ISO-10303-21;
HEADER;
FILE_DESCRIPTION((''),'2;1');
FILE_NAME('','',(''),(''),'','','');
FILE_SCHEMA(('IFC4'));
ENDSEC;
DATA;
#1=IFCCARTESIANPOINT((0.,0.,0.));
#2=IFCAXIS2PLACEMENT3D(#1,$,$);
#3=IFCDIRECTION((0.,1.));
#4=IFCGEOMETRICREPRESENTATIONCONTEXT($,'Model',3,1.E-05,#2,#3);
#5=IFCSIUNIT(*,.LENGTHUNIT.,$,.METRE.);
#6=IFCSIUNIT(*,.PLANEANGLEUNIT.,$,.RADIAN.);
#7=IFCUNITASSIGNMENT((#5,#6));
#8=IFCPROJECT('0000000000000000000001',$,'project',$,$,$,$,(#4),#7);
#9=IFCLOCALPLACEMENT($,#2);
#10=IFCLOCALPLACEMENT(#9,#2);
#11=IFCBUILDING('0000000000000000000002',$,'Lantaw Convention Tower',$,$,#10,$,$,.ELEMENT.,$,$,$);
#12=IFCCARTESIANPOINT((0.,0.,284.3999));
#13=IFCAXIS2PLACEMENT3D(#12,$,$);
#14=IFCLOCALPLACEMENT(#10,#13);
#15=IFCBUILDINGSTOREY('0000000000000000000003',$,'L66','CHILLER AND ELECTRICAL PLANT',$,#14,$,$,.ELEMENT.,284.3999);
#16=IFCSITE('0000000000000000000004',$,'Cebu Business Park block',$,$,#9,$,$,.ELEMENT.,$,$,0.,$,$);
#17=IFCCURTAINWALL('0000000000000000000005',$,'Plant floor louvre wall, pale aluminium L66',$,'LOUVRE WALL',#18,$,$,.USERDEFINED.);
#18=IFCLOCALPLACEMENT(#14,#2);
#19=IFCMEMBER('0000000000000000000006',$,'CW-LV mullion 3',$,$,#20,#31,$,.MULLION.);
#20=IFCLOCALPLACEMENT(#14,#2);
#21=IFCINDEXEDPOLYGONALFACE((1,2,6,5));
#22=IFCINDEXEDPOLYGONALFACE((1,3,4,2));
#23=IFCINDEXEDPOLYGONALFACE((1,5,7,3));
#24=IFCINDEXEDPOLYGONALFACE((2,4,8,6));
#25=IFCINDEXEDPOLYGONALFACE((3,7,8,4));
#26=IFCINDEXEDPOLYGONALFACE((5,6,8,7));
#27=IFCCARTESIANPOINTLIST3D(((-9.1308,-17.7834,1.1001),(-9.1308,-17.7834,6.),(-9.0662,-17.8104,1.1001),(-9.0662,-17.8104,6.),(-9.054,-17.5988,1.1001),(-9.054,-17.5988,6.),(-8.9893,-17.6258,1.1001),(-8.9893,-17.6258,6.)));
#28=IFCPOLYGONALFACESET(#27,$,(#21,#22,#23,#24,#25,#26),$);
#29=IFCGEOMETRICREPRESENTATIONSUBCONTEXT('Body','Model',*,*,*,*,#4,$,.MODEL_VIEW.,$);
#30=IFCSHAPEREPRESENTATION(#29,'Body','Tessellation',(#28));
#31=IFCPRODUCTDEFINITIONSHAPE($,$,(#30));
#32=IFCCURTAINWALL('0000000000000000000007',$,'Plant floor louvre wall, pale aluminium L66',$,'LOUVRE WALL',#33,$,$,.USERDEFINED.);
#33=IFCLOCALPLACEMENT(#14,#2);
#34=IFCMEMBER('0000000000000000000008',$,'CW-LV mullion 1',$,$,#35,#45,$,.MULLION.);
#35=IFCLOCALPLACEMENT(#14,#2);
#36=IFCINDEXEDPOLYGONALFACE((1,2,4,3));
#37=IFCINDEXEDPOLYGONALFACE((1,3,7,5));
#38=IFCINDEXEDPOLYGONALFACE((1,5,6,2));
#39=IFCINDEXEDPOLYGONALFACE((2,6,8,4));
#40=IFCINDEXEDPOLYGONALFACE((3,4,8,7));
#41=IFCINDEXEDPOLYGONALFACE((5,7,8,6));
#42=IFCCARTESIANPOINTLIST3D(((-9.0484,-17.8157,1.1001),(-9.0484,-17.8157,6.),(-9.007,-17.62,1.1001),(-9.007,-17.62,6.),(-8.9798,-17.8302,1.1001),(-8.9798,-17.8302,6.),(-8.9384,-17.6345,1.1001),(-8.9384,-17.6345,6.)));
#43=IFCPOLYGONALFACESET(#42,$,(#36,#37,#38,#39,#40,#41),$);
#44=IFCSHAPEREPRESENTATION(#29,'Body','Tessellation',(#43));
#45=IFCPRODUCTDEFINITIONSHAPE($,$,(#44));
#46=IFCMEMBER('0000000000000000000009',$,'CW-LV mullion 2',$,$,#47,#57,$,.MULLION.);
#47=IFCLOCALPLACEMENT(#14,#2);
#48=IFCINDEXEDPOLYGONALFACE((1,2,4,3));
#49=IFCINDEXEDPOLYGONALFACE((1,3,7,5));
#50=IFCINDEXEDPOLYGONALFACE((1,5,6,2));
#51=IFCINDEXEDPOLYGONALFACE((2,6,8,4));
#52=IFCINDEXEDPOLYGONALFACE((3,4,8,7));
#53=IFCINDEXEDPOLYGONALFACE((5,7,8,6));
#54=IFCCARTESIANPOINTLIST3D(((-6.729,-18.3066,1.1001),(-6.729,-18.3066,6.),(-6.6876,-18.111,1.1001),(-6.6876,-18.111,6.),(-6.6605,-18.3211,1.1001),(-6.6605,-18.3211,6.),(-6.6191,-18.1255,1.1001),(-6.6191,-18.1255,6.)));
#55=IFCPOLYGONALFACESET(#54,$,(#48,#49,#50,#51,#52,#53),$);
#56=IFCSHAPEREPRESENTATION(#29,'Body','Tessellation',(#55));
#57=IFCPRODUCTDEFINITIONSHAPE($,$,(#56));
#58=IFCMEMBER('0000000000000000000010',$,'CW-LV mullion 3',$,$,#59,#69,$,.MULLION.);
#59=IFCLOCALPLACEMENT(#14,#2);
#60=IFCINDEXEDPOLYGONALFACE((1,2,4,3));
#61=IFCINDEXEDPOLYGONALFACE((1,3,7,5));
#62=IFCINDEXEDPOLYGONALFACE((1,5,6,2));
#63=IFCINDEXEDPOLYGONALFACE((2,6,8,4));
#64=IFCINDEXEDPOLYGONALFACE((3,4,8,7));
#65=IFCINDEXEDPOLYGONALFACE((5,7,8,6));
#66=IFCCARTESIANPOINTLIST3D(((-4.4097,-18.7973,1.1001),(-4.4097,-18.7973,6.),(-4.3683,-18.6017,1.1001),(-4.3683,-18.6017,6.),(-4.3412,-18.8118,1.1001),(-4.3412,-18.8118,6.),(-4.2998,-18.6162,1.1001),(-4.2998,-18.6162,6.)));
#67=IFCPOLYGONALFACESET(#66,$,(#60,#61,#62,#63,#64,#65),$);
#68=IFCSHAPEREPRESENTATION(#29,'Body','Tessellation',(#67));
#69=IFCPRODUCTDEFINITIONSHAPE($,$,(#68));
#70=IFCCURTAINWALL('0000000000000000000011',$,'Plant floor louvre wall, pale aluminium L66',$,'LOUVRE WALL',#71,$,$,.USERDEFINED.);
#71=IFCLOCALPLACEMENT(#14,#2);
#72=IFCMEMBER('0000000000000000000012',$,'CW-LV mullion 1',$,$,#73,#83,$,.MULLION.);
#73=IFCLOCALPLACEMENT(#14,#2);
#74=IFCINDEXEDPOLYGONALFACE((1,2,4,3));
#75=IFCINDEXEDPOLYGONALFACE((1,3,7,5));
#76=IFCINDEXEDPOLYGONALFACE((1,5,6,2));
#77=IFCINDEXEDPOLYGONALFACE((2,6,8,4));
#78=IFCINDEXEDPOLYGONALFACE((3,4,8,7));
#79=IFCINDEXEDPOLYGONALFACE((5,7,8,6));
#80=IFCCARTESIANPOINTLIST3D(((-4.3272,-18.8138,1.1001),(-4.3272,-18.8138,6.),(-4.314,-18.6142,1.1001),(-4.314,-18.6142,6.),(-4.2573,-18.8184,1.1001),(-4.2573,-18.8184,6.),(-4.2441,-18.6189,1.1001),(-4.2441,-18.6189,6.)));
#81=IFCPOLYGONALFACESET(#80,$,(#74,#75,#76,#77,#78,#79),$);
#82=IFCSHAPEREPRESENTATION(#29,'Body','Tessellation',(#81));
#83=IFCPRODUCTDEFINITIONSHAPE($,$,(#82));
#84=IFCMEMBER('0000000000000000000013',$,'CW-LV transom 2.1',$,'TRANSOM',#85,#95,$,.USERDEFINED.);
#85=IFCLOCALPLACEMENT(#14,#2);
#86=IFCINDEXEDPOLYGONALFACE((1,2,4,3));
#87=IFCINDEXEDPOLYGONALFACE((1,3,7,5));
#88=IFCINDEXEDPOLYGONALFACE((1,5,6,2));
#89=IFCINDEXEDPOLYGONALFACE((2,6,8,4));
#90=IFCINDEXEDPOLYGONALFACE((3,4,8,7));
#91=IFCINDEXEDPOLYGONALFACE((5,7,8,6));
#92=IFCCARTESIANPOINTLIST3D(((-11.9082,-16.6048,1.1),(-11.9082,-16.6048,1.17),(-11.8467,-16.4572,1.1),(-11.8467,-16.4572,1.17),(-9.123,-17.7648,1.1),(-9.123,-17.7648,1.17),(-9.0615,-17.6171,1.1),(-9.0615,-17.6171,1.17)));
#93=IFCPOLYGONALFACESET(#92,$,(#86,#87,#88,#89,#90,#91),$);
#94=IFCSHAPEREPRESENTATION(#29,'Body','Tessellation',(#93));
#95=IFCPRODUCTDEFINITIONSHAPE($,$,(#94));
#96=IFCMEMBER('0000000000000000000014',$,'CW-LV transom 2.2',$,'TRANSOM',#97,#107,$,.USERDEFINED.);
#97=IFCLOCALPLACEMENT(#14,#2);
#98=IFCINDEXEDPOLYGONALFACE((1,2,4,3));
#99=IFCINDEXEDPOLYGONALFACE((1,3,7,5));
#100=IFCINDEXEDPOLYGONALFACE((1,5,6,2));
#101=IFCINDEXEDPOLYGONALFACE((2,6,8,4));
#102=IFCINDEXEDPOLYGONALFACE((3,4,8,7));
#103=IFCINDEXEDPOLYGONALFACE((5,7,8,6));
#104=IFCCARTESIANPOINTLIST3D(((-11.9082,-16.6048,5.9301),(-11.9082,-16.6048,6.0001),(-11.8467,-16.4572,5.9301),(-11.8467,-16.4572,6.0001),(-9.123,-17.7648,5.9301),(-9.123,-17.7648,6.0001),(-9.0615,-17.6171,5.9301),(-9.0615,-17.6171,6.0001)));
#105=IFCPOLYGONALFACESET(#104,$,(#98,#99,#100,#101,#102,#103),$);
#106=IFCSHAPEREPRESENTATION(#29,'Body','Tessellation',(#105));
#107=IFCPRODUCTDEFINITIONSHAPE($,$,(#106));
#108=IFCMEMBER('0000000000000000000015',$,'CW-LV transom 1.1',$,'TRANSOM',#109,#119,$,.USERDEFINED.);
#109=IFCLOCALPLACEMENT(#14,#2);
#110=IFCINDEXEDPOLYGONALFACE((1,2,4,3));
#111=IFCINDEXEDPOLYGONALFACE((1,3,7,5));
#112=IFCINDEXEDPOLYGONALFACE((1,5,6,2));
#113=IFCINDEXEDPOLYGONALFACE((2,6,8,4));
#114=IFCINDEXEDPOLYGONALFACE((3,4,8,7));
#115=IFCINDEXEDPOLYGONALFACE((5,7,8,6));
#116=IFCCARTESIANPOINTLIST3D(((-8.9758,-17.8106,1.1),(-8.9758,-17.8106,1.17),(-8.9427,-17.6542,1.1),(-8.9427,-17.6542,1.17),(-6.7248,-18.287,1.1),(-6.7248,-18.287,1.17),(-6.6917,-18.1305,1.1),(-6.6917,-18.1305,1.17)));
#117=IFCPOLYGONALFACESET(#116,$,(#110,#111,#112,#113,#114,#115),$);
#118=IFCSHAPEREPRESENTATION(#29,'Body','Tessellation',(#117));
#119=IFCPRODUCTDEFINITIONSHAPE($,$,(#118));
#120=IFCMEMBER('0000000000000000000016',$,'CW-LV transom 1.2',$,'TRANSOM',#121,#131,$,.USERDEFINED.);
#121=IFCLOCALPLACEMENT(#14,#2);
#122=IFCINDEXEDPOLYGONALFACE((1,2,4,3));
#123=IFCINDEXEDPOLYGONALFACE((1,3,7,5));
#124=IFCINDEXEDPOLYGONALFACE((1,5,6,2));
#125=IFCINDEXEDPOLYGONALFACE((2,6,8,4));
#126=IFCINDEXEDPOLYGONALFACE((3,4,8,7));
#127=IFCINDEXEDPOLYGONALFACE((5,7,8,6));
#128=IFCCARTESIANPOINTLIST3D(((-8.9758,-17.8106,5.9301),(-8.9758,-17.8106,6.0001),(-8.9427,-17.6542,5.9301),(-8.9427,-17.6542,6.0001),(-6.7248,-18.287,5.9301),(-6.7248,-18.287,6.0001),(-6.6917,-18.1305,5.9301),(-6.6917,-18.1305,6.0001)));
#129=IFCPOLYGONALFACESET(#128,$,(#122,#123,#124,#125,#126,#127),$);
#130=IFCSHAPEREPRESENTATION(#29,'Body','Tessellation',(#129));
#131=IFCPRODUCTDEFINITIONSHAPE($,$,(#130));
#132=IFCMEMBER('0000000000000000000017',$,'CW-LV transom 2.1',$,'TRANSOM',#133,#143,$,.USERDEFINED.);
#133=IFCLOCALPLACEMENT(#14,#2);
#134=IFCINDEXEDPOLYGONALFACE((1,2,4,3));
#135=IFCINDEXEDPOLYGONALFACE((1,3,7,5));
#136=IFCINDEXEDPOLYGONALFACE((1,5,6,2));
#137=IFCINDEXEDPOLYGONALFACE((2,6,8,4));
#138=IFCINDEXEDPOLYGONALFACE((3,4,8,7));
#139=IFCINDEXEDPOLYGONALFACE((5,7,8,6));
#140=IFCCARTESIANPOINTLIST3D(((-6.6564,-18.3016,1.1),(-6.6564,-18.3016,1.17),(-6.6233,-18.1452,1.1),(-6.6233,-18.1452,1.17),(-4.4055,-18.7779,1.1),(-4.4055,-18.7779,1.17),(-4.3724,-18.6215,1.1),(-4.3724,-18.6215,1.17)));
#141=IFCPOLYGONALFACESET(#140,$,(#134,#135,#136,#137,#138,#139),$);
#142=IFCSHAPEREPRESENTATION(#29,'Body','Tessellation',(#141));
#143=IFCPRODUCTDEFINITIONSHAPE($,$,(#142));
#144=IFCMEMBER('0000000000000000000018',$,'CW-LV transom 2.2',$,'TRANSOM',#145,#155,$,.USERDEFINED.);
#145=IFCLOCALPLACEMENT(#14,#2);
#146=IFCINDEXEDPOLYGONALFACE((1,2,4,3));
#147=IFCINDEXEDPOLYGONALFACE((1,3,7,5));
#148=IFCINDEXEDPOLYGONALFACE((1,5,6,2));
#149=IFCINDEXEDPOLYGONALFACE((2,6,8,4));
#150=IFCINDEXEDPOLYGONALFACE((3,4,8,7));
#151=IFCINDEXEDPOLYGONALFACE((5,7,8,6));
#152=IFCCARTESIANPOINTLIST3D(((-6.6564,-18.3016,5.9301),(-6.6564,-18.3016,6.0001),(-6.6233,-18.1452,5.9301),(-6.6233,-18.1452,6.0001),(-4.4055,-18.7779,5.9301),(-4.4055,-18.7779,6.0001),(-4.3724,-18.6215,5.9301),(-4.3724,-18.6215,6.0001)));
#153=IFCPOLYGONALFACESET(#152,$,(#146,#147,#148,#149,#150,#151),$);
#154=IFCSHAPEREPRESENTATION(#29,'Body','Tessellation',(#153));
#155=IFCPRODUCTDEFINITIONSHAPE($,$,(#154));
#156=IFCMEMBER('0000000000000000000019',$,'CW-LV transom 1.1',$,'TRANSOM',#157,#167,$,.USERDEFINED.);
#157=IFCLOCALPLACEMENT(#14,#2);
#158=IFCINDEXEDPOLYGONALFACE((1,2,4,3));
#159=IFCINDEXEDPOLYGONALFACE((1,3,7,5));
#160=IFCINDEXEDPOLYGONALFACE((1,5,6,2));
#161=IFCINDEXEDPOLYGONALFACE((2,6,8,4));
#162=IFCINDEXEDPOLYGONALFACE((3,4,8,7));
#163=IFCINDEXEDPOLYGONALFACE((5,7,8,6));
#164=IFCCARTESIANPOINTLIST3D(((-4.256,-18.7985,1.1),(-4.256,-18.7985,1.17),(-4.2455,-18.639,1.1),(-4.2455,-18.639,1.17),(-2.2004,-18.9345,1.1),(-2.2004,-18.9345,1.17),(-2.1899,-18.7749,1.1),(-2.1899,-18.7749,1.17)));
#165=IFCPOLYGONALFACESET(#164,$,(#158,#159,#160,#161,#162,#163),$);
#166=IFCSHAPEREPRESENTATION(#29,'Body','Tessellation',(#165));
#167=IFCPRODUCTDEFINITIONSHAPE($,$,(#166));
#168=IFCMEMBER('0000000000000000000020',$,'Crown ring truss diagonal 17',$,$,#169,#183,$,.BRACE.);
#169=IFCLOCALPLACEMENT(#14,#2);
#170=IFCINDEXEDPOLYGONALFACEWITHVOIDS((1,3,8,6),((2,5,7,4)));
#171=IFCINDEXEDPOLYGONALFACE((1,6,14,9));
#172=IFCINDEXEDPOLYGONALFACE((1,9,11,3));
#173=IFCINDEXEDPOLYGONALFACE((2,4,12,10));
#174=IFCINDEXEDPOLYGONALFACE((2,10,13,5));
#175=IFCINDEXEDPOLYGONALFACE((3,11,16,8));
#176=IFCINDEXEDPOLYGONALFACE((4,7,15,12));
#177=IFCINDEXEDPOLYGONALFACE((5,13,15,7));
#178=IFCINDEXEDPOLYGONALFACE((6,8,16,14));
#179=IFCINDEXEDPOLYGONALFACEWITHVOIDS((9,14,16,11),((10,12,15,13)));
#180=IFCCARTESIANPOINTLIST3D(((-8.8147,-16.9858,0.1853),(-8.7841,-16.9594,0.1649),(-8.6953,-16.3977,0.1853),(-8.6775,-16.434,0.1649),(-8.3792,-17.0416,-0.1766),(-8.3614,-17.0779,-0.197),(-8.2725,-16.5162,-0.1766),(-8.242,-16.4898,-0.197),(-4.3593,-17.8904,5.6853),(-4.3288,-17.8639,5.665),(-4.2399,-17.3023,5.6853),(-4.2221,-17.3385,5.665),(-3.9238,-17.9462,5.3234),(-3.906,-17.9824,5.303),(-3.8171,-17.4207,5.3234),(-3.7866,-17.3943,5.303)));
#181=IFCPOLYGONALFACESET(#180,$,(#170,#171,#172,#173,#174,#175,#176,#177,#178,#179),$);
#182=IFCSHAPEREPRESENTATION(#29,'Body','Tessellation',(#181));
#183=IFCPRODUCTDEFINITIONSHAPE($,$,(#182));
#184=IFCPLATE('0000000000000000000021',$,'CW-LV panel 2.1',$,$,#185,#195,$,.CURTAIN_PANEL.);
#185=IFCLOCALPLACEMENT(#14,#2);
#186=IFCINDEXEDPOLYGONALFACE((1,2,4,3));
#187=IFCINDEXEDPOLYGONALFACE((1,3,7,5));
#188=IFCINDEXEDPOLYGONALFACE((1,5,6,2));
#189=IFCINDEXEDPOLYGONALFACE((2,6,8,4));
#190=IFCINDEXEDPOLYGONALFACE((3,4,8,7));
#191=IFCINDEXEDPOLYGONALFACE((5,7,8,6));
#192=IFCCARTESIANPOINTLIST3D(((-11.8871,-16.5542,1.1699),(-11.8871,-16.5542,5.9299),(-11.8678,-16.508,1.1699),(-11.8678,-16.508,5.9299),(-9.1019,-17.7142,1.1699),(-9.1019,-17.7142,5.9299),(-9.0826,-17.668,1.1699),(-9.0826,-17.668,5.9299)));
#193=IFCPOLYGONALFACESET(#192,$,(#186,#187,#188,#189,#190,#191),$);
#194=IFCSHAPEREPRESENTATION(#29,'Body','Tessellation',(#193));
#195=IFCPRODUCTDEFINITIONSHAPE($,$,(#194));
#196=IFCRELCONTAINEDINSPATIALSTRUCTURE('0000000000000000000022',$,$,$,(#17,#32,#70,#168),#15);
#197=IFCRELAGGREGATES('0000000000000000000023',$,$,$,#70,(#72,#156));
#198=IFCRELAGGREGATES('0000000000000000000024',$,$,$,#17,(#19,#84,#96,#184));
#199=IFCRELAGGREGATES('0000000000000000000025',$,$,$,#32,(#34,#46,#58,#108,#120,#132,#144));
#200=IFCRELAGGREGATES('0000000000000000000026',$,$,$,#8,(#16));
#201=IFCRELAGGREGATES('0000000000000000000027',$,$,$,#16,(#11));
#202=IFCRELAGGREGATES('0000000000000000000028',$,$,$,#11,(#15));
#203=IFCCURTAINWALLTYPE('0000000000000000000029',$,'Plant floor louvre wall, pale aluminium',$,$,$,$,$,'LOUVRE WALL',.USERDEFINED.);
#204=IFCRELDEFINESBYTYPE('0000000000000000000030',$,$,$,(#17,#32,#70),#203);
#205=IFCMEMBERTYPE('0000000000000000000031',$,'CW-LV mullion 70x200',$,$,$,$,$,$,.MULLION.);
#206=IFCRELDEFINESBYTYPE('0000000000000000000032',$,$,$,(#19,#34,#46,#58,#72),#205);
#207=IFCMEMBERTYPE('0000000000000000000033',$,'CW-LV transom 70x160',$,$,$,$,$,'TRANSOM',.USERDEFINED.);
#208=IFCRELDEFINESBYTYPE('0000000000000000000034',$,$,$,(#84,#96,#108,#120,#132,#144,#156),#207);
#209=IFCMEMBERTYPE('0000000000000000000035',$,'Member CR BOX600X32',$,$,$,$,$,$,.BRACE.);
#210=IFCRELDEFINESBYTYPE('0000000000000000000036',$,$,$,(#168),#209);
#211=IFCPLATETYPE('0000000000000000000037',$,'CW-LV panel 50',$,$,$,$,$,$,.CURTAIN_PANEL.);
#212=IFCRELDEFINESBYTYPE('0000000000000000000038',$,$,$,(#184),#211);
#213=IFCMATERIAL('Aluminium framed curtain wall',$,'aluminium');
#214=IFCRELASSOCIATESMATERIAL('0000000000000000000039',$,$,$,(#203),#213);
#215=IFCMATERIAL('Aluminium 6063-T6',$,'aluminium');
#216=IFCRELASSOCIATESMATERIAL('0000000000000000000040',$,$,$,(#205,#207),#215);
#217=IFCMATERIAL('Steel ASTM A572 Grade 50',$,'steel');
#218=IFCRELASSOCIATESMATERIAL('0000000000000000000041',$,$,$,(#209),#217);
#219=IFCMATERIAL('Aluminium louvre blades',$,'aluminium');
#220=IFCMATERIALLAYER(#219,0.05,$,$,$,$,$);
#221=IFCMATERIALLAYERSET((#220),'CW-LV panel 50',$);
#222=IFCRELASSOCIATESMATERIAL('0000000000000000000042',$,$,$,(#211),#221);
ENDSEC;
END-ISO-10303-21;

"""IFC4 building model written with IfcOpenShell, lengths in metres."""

from ifc_helpers import new_model, si_unit, direction, frame, origin, origin_2d, place, context, subcontext, project, spatial, rectangle, hollow_rectangle, extrude, material, layer, layer_set, material_profile, profile_set, type_object, element, aggregate, save


model = new_model("IFC4")

# Units and contexts
model_context = context("Model", 3, precision=1e-05, world=origin(), true_north=direction((0.0, 1.0)))
body_context = subcontext(model_context, "Body", "Model", "MODEL_VIEW")
ifc_project = project(units=[si_unit("LENGTHUNIT", "METRE"), si_unit("PLANEANGLEUNIT", "RADIAN")], contexts=[model_context])

# Site, building, storey
site_placement = place(None, origin())
site = spatial("IfcSite", under=ifc_project, at=site_placement, Name="Cebu Business Park block", CompositionType="ELEMENT", RefElevation=0.0)
building_placement = place(site_placement, origin())
building = spatial("IfcBuilding", under=site, at=building_placement, Name="Lantaw Convention Tower", CompositionType="ELEMENT")
storey_placement = place(building_placement, frame((0.0, 0.0, 284.3999)))
storey = spatial("IfcBuildingStorey", under=building, at=storey_placement, Name="L66", Description="CHILLER AND ELECTRICAL PLANT", CompositionType="ELEMENT", Elevation=284.3999)

# Shared definitions
ifc_material_1 = material(Name="Steel ASTM A572 Grade 50", Category="steel")

# Curtain walls, members
ifc_material_2 = material(Name="Aluminium framed curtain wall", Category="aluminium")
curtain_wall_type = type_object("IfcCurtainWallType", Name="Plant floor louvre wall, pale aluminium", ElementType="LOUVRE WALL", PredefinedType="USERDEFINED", material=ifc_material_2)
curtain_wall_1_placement = place(storey_placement, origin())
curtain_wall_1 = element("IfcCurtainWall", 1, at=curtain_wall_1_placement, inside=storey, type_object=curtain_wall_type, Name="Plant floor louvre wall, pale aluminium L66", ObjectType="LOUVRE WALL", PredefinedType="USERDEFINED")
ifc_material_3 = material(Name="Aluminium 6063-T6", Category="aluminium")
ifc_material_profile_1 = material_profile(ifc_material_3, rectangle(XDim=0.2, YDim=0.0701, at=origin_2d()), Name="CW-LV mullion 70x200")
ifc_profile_set_1 = profile_set([ifc_material_profile_1], Name="Aluminium 6063-T6")
member_type_1 = type_object("IfcMemberType", Name="CW-LV mullion 70x200", PredefinedType="MULLION", material=ifc_profile_set_1)
member_1_placement = place(storey_placement, frame((-9.0601, -17.7046, 1.1001), z_axis=(0.0, 0.0, 1.0), x_axis=(0.38446, 0.923142, 0.0)))
member_1 = element("IfcMember", 2, at=member_1_placement, type_object=member_type_1, Name="CW-LV mullion 3", PredefinedType="MULLION", context=body_context, shape_type="SweptSolid", body=[
    extrude(rectangle(XDim=0.2, YDim=0.0701, at=origin_2d()), origin(), (0.0, 0.0, 1.0), 4.8999),
])
curtain_wall_2_placement = place(storey_placement, origin())
curtain_wall_2 = element("IfcCurtainWall", 3, at=curtain_wall_2_placement, inside=storey, type_object=curtain_wall_type, Name="Plant floor louvre wall, pale aluminium L66", ObjectType="LOUVRE WALL", PredefinedType="USERDEFINED")
member_2_placement = place(storey_placement, frame((-8.9934, -17.7251, 1.1001), z_axis=(0.0, 0.0, 1.0), x_axis=(0.20704, 0.978332, 0.0)))
member_2 = element("IfcMember", 4, at=member_2_placement, type_object=member_type_1, Name="CW-LV mullion 1", PredefinedType="MULLION", context=body_context, shape_type="SweptSolid", body=[
    extrude(rectangle(XDim=0.2, YDim=0.0701, at=origin_2d()), origin(), (0.0, 0.0, 1.0), 4.8999),
])
member_3_placement = place(storey_placement, frame((-6.6741, -18.2161, 1.1001), z_axis=(0.0, 0.0, 1.0), x_axis=(0.20704, 0.978332, 0.0)))
member_3 = element("IfcMember", 5, at=member_3_placement, type_object=member_type_1, Name="CW-LV mullion 2", PredefinedType="MULLION", context=body_context, shape_type="SweptSolid", body=[
    extrude(rectangle(XDim=0.2, YDim=0.0701, at=origin_2d()), origin(), (0.0, 0.0, 1.0), 4.8999),
])
member_4_placement = place(storey_placement, frame((-4.3547, -18.7068, 1.1001), z_axis=(0.0, 0.0, 1.0), x_axis=(0.20704, 0.978332, 0.0)))
member_4 = element("IfcMember", 6, at=member_4_placement, type_object=member_type_1, Name="CW-LV mullion 3", PredefinedType="MULLION", context=body_context, shape_type="SweptSolid", body=[
    extrude(rectangle(XDim=0.2, YDim=0.0701, at=origin_2d()), origin(), (0.0, 0.0, 1.0), 4.8999),
])

# Curtain wall, member
curtain_wall_3_placement = place(storey_placement, origin())
curtain_wall_3 = element("IfcCurtainWall", 7, at=curtain_wall_3_placement, inside=storey, type_object=curtain_wall_type, Name="Plant floor louvre wall, pale aluminium L66", ObjectType="LOUVRE WALL", PredefinedType="USERDEFINED")
member_5_placement = place(storey_placement, frame((-4.2856, -18.7163, 1.1001), z_axis=(0.0, 0.0, 1.0), x_axis=(0.066025, 0.997818, 0.0)))
member_5 = element("IfcMember", 8, at=member_5_placement, type_object=member_type_1, Name="CW-LV mullion 1", PredefinedType="MULLION", context=body_context, shape_type="SweptSolid", body=[
    extrude(rectangle(XDim=0.2, YDim=0.0701, at=origin_2d()), origin(), (0.0, 0.0, 1.0), 4.8999),
])

# Members
ifc_material_profile_2 = material_profile(ifc_material_3, rectangle(XDim=0.1599, YDim=0.0701, at=origin_2d()), Name="CW-LV transom 70x160")
ifc_profile_set_2 = profile_set([ifc_material_profile_2], Name="Aluminium 6063-T6")
member_type_2 = type_object("IfcMemberType", Name="CW-LV transom 70x160", ElementType="TRANSOM", PredefinedType="USERDEFINED", material=ifc_profile_set_2)
member_6_placement = place(storey_placement, frame((-11.8774, -16.531, 1.135), z_axis=(0.923144, -0.384454, 0.0), x_axis=(0.384454, 0.923144, 0.0)))
member_6 = element("IfcMember", 9, at=member_6_placement, type_object=member_type_2, Name="CW-LV transom 2.1", ObjectType="TRANSOM", PredefinedType="USERDEFINED", context=body_context, shape_type="SweptSolid", body=[
    extrude(rectangle(XDim=0.1599, YDim=0.0701, at=origin_2d()), origin(), (0.0, 0.0, 1.0), 3.0171),
])
member_7_placement = place(storey_placement, frame((-11.8774, -16.531, 5.9651), z_axis=(0.923144, -0.384454, 0.0), x_axis=(0.384454, 0.923144, 0.0)))
member_7 = element("IfcMember", 10, at=member_7_placement, type_object=member_type_2, Name="CW-LV transom 2.2", ObjectType="TRANSOM", PredefinedType="USERDEFINED", context=body_context, shape_type="SweptSolid", body=[
    extrude(rectangle(XDim=0.1599, YDim=0.0701, at=origin_2d()), origin(), (0.0, 0.0, 1.0), 3.0171),
])
member_8_placement = place(storey_placement, frame((-8.9592, -17.7324, 1.135), z_axis=(0.978336, -0.207021, 0.0), x_axis=(0.207021, 0.978336, 0.0)))
member_8 = element("IfcMember", 11, at=member_8_placement, type_object=member_type_2, Name="CW-LV transom 1.1", ObjectType="TRANSOM", PredefinedType="USERDEFINED", context=body_context, shape_type="SweptSolid", body=[
    extrude(rectangle(XDim=0.1599, YDim=0.0701, at=origin_2d()), origin(), (0.0, 0.0, 1.0), 2.3008),
])
member_9_placement = place(storey_placement, frame((-8.9592, -17.7324, 5.9651), z_axis=(0.978336, -0.207021, 0.0), x_axis=(0.207021, 0.978336, 0.0)))
member_9 = element("IfcMember", 12, at=member_9_placement, type_object=member_type_2, Name="CW-LV transom 1.2", ObjectType="TRANSOM", PredefinedType="USERDEFINED", context=body_context, shape_type="SweptSolid", body=[
    extrude(rectangle(XDim=0.1599, YDim=0.0701, at=origin_2d()), origin(), (0.0, 0.0, 1.0), 2.3008),
])
member_10_placement = place(storey_placement, frame((-6.6399, -18.2234, 1.135), z_axis=(0.978336, -0.207021, 0.0), x_axis=(0.207021, 0.978336, 0.0)))
member_10 = element("IfcMember", 13, at=member_10_placement, type_object=member_type_2, Name="CW-LV transom 2.1", ObjectType="TRANSOM", PredefinedType="USERDEFINED", context=body_context, shape_type="SweptSolid", body=[
    extrude(rectangle(XDim=0.1599, YDim=0.0701, at=origin_2d()), origin(), (0.0, 0.0, 1.0), 2.3008),
])
member_11_placement = place(storey_placement, frame((-6.6399, -18.2234, 5.9651), z_axis=(0.978336, -0.207021, 0.0), x_axis=(0.207021, 0.978336, 0.0)))
member_11 = element("IfcMember", 14, at=member_11_placement, type_object=member_type_2, Name="CW-LV transom 2.2", ObjectType="TRANSOM", PredefinedType="USERDEFINED", context=body_context, shape_type="SweptSolid", body=[
    extrude(rectangle(XDim=0.1599, YDim=0.0701, at=origin_2d()), origin(), (0.0, 0.0, 1.0), 2.3008),
])
member_12_placement = place(storey_placement, frame((-4.2507, -18.7188, 1.135), z_axis=(0.997819, -0.066008, 0.0), x_axis=(0.066008, 0.997819, 0.0)))
member_12 = element("IfcMember", 15, at=member_12_placement, type_object=member_type_2, Name="CW-LV transom 1.1", ObjectType="TRANSOM", PredefinedType="USERDEFINED", context=body_context, shape_type="SweptSolid", body=[
    extrude(rectangle(XDim=0.1599, YDim=0.0701, at=origin_2d()), origin(), (0.0, 0.0, 1.0), 2.0601),
])
aggregate(curtain_wall_3, [member_5, member_12])
ifc_material_profile_3 = material_profile(ifc_material_1, hollow_rectangle(XDim=0.6001, YDim=0.6001, WallThickness=0.032, at=origin_2d()), Name="BOX600X32")
ifc_profile_set_3 = profile_set([ifc_material_profile_3], Name="Steel ASTM A572 Grade 50")
member_type_3 = type_object("IfcMemberType", Name="Member CR BOX600X32", PredefinedType="BRACE", material=ifc_profile_set_3)
member_13_placement = place(storey_placement, frame((-8.5283, -16.7378, -0.0059), z_axis=(0.624371, -0.126763, 0.770773), x_axis=(0.198966, 0.980006, 0.0)))
element("IfcMember", 16, at=member_13_placement, inside=storey, type_object=member_type_3, Name="Crown ring truss diagonal 17", PredefinedType="BRACE", context=body_context, shape_type="SweptSolid", body=[
    extrude(hollow_rectangle(XDim=0.6001, YDim=0.6001, WallThickness=0.032, at=origin_2d()), origin(), (0.0, 0.0, 1.0), 7.1357),
])

# Plate
ifc_material_4 = material(Name="Aluminium louvre blades", Category="aluminium")
ifc_layer_1 = layer(ifc_material_4, 0.05)
ifc_layer_set_1 = layer_set([ifc_layer_1], Name="CW-LV panel 50")
plate_type = type_object("IfcPlateType", Name="CW-LV panel 50", PredefinedType="CURTAIN_PANEL", material=ifc_layer_set_1)
plate_1_placement = place(storey_placement, frame((-10.4849, -17.1111, 1.1699), z_axis=(0.0, 0.0, 1.0), x_axis=(0.923142, -0.38446, 0.0)))
plate_1 = element("IfcPlate", 17, at=plate_1_placement, type_object=plate_type, Name="CW-LV panel 2.1", PredefinedType="CURTAIN_PANEL", context=body_context, shape_type="SweptSolid", body=[
    extrude(rectangle(XDim=3.0171, YDim=0.05, at=origin_2d()), origin(), (0.0, 0.0, 1.0), 4.76),
])
aggregate(curtain_wall_1, [member_1, member_6, member_7, plate_1])
aggregate(curtain_wall_2, [member_2, member_3, member_4, member_8, member_9, member_10, member_11])

save(model, "model.ifc")
